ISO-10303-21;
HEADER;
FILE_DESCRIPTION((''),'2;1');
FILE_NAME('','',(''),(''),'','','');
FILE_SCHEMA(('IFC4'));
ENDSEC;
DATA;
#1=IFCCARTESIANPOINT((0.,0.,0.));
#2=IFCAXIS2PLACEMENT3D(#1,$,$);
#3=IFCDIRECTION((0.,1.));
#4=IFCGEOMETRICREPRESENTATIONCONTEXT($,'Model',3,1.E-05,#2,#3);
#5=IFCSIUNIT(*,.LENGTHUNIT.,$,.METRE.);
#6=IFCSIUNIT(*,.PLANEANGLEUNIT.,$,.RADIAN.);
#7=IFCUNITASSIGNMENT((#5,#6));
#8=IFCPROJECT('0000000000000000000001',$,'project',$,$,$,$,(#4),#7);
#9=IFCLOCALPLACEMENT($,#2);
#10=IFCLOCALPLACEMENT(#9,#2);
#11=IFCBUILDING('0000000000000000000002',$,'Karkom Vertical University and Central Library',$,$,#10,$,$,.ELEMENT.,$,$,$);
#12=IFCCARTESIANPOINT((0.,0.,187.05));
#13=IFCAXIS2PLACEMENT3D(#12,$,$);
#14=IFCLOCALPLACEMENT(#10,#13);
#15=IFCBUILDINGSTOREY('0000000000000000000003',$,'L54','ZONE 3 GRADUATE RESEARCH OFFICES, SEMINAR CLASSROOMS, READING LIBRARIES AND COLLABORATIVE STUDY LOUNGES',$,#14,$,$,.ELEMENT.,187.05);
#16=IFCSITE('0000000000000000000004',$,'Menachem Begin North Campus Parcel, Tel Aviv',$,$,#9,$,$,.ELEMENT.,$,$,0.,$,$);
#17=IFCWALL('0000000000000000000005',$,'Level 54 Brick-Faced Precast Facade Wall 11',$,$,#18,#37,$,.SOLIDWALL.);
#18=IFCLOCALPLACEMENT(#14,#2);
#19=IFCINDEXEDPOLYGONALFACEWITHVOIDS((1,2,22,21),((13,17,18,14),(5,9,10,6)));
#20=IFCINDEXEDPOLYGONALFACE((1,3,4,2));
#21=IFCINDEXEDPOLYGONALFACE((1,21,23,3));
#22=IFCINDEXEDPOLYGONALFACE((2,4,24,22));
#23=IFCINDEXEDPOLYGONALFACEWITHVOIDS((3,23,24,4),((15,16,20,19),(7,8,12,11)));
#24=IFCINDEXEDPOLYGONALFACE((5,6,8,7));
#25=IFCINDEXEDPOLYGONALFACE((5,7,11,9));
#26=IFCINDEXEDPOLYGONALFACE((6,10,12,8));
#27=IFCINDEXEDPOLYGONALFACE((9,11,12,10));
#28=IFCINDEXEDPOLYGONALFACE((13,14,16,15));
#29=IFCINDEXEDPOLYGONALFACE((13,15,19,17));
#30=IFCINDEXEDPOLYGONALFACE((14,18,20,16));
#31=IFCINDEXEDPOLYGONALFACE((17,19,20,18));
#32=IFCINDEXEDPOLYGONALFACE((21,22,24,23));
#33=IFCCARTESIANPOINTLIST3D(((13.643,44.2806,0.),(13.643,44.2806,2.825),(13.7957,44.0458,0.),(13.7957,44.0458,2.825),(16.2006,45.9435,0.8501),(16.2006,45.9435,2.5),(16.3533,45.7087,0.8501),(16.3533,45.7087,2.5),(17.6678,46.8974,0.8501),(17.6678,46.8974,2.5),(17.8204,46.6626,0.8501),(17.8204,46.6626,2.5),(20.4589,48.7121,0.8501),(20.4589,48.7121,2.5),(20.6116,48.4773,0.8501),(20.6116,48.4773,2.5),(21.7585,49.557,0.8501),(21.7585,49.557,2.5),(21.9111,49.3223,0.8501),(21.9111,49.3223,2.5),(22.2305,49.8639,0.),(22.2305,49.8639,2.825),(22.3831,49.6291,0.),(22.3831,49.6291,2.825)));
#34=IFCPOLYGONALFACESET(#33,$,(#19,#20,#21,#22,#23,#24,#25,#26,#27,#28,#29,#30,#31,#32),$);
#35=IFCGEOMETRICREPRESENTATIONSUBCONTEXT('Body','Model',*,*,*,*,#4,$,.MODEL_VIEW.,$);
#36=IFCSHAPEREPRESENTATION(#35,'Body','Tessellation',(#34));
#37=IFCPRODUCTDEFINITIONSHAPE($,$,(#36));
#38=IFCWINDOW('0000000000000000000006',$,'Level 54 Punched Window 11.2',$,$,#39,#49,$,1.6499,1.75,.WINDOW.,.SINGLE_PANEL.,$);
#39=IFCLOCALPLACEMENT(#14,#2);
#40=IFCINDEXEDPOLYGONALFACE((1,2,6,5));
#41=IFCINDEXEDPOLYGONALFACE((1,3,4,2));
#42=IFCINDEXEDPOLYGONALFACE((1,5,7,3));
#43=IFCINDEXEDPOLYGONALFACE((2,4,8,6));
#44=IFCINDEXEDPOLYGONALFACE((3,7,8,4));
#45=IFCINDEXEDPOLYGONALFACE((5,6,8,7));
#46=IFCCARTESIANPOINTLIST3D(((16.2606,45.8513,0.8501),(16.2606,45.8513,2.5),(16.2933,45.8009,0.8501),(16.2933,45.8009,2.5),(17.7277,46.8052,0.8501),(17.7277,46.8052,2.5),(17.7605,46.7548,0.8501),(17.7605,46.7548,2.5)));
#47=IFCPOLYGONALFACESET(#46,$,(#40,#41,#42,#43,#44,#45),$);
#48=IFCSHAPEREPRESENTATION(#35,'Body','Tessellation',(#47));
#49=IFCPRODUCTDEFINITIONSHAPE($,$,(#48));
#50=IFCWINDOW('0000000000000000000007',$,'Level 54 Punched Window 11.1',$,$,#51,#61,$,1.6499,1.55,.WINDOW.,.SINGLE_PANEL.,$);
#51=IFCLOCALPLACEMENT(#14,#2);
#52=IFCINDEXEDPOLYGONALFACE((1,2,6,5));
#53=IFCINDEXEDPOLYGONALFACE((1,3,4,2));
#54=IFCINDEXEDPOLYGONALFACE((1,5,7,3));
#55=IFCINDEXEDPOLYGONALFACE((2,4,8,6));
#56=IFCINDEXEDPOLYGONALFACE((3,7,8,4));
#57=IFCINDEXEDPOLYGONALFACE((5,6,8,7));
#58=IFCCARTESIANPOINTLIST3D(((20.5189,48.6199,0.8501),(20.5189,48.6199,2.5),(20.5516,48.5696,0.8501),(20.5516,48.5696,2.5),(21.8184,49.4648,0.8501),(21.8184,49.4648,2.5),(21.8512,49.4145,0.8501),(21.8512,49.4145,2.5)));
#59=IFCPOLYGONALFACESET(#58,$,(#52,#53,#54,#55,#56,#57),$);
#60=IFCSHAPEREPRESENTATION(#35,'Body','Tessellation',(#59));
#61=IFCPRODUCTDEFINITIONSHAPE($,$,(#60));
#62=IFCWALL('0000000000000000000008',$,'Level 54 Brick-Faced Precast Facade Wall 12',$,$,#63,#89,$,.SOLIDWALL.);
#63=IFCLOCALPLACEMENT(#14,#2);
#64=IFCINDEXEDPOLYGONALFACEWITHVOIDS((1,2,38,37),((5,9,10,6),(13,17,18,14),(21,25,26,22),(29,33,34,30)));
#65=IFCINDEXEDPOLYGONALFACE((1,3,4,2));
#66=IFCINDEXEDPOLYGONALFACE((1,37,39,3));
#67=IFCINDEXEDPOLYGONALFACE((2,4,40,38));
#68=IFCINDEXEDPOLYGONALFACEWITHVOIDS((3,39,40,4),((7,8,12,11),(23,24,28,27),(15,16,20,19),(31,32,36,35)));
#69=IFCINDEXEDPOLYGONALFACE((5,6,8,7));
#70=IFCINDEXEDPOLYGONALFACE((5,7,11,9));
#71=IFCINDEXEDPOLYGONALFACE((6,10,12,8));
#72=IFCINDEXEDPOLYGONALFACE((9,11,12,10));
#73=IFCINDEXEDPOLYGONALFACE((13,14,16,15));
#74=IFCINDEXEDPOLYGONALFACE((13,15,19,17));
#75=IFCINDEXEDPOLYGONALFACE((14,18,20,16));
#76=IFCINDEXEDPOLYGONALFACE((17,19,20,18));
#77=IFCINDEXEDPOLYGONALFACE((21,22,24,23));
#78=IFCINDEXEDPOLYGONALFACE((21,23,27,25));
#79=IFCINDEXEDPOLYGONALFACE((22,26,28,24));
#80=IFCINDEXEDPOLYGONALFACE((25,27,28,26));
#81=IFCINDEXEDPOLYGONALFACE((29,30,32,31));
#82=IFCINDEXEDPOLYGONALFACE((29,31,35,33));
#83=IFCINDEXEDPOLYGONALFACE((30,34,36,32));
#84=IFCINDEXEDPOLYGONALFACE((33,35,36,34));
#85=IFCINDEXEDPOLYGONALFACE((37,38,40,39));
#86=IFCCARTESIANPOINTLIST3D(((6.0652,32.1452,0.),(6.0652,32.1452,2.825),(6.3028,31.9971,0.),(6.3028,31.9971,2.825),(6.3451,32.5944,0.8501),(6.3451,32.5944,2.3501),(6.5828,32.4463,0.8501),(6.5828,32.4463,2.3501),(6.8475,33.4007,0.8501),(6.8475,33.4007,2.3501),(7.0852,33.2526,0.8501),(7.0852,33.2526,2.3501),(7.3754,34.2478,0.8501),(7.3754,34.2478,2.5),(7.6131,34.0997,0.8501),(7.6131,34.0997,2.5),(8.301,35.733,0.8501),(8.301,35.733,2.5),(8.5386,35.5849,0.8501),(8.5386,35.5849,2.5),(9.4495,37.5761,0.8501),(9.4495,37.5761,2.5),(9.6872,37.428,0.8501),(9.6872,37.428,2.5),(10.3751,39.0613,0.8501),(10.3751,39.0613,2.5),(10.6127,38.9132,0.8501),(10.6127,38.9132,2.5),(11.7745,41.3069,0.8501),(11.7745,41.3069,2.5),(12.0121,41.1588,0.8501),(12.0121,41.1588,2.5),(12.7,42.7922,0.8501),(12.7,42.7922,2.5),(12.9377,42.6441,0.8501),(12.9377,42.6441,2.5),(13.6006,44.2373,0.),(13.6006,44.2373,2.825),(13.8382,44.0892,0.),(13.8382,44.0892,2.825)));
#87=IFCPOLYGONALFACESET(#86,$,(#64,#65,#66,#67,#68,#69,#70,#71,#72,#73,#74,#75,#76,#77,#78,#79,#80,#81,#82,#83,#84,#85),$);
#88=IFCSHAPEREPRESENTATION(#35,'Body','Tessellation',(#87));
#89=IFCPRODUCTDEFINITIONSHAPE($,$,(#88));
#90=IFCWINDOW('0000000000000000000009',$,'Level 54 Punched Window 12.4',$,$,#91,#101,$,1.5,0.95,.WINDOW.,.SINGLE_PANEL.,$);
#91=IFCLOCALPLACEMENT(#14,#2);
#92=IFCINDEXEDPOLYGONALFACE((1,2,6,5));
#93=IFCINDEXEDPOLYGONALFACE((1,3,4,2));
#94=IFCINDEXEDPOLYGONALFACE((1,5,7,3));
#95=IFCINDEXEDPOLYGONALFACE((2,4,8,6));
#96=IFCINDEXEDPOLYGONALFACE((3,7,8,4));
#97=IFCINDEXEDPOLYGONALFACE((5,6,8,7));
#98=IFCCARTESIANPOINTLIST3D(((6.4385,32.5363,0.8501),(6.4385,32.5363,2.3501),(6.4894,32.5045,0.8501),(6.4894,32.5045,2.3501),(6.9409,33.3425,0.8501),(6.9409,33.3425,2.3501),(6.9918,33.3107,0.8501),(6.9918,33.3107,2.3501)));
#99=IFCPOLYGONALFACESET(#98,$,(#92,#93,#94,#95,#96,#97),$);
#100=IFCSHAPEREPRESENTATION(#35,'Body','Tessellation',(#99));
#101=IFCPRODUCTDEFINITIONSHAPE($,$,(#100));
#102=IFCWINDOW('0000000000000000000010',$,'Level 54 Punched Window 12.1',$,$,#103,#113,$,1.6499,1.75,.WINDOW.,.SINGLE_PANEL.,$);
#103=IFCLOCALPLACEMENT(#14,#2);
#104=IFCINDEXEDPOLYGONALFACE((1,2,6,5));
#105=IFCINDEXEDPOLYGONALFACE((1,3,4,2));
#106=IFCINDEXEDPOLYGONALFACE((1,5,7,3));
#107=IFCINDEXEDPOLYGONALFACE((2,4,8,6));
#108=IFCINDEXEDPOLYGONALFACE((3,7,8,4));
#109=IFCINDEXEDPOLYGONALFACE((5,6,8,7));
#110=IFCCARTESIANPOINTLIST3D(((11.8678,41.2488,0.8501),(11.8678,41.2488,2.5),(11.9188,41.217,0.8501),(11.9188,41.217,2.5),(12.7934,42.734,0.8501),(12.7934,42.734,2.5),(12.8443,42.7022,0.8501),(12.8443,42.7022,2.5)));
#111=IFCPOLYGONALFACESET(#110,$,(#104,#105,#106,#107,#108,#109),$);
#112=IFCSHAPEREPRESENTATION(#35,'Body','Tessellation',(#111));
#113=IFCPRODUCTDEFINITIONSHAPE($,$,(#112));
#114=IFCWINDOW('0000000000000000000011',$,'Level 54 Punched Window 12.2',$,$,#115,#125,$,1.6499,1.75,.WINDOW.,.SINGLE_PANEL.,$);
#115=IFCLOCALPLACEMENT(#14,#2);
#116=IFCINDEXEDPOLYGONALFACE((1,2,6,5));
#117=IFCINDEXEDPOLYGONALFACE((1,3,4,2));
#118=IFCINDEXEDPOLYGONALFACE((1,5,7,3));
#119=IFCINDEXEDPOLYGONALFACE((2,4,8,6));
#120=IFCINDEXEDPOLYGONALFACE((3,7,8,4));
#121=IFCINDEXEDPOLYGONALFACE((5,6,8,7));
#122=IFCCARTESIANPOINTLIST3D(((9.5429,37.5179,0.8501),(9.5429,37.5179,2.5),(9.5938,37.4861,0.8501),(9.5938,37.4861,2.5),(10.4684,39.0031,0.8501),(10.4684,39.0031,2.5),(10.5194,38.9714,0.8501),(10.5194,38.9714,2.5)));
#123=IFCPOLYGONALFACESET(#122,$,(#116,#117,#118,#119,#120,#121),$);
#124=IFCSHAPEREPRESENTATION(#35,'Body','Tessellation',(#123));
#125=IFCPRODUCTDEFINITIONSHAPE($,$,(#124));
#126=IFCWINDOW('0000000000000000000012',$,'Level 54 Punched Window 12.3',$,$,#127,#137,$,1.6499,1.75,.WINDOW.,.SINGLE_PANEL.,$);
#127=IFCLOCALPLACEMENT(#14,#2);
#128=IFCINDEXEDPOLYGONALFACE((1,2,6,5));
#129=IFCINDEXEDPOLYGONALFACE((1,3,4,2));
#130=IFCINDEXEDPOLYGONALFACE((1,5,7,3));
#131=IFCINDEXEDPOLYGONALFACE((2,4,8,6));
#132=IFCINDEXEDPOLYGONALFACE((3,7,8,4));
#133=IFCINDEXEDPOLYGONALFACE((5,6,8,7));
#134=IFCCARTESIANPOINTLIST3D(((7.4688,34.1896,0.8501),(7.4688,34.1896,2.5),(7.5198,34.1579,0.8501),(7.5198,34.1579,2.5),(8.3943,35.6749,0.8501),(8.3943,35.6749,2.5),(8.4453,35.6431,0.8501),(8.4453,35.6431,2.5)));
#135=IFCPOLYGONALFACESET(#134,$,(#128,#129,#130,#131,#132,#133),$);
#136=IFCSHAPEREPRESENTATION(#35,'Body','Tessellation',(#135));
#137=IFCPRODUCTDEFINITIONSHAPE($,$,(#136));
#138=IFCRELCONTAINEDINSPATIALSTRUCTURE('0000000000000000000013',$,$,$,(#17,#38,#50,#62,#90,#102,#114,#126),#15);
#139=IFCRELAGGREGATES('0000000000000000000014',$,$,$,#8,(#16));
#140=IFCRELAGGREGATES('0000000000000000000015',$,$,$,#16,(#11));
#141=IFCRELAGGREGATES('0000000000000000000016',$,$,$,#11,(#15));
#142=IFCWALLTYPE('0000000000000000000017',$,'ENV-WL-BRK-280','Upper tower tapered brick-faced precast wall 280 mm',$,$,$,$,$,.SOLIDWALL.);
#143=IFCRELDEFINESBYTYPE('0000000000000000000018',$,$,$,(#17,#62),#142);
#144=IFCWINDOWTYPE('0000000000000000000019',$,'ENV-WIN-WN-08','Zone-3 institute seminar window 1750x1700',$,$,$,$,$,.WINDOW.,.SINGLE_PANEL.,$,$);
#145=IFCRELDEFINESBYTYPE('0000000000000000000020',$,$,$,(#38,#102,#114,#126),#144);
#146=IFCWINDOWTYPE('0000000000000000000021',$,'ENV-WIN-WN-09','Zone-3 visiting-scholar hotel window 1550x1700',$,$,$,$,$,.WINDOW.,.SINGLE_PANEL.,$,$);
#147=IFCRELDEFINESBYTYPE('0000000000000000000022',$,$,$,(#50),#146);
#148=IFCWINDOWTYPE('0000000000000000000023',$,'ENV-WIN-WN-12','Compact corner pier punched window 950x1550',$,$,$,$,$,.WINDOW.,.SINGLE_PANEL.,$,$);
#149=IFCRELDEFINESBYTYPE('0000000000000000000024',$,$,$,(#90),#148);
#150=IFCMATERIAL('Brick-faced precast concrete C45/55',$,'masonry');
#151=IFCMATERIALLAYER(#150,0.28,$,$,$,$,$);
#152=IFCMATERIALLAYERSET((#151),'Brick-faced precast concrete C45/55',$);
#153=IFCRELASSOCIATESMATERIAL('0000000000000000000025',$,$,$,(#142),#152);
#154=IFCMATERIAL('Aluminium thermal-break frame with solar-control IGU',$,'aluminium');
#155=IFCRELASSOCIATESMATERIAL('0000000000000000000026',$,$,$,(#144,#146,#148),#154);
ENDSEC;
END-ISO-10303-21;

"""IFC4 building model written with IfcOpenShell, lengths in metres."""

from ifc_helpers import new_model, si_unit, direction, frame, frame_2d, origin, origin_with_axes, place, context, subcontext, project, spatial, rectangle, extrude, source, transform, mapped, material, layer, layer_set, type_object, element, fill, save


model = new_model("IFC4")

# Units and contexts
model_context = context("Model", 3, precision=1e-05, world=origin(), true_north=direction((0.0, 1.0)))
body_context = subcontext(model_context, "Body", "Model", "MODEL_VIEW")
ifc_project = project(units=[si_unit("LENGTHUNIT", "METRE"), si_unit("PLANEANGLEUNIT", "RADIAN")], contexts=[model_context])

# Site, building, storey
site_placement = place(None, origin())
site = spatial("IfcSite", under=ifc_project, at=site_placement, Name="Menachem Begin North Campus Parcel, Tel Aviv", CompositionType="ELEMENT", RefElevation=0.0)
building_placement = place(site_placement, origin())
building = spatial("IfcBuilding", under=site, at=building_placement, Name="Karkom Vertical University and Central Library", CompositionType="ELEMENT")
storey_placement = place(building_placement, frame((0.0, 0.0, 187.05)))
storey = spatial("IfcBuildingStorey", under=building, at=storey_placement, Name="L54", Description="ZONE 3 GRADUATE RESEARCH OFFICES, SEMINAR CLASSROOMS, READING LIBRARIES AND COLLABORATIVE STUDY LOUNGES", CompositionType="ELEMENT", Elevation=187.05)

# Walls, openings, windows
ifc_material_1 = material(Name="Brick-faced precast concrete C45/55", Category="masonry")
ifc_layer_1 = layer(ifc_material_1, 0.28)
ifc_layer_set_1 = layer_set([ifc_layer_1], Name="Brick-faced precast concrete C45/55")
wall_type_1 = type_object("IfcWallType", Name="ENV-WL-BRK-280", Description="Upper tower tapered brick-faced precast wall 280 mm", PredefinedType="SOLIDWALL", material=ifc_layer_set_1)
wall_1_placement = place(storey_placement, frame((22.3069, 49.7466, 0.0), z_axis=(0.0, 0.0, 1.0), x_axis=(-0.838379, -0.545087, 0.0)))
wall_1 = element("IfcWall", 1, at=wall_1_placement, inside=storey, type_object=wall_type_1, Name="Level 54 Brick-Faced Precast Facade Wall 11", PredefinedType="SOLIDWALL", context=body_context, shape_type="SweptSolid", body=[
    extrude(rectangle(XDim=10.2429, YDim=0.28, at=frame_2d((5.1216, 0.0))), origin(), (0.0, 0.0, 1.0), 2.825),
])
opening_1_placement = place(wall_1_placement, frame((0.5632, 0.0, 0.8501)))
opening_1 = element("IfcOpeningElement", 2, at=opening_1_placement, cuts=wall_1, PredefinedType="OPENING", context=body_context, shape_type="SweptSolid", body=[
    extrude(rectangle(XDim=1.55, YDim=1.6499, at=frame_2d((0.7749, 0.825))), frame((0.0, 0.1499, 0.0), z_axis=(0.0, -1.0, 0.0), x_axis=(1.0, 0.0, 0.0)), (0.0, 0.0, 1.0), 0.3),
])
opening_2_placement = place(wall_1_placement, frame((5.4424, 0.0, 0.8501)))
opening_2 = element("IfcOpeningElement", 3, at=opening_2_placement, cuts=wall_1, PredefinedType="OPENING", context=body_context, shape_type="SweptSolid", body=[
    extrude(rectangle(XDim=1.75, YDim=1.6499, at=frame_2d((0.875, 0.825))), frame((0.0, 0.1499, 0.0), z_axis=(0.0, -1.0, 0.0), x_axis=(1.0, 0.0, 0.0)), (0.0, 0.0, 1.0), 0.3),
])
ifc_material_2 = material(Name="Aluminium thermal-break frame with solar-control IGU", Category="aluminium")
window_type_1 = type_object("IfcWindowType", Name="ENV-WIN-WN-08", Description="Zone-3 institute seminar window 1750x1700", PartitioningType="SINGLE_PANEL", PredefinedType="WINDOW", material=ifc_material_2)
shared_shape_1 = source(origin_with_axes(), body_context, "Body", "SweptSolid", [
    extrude(rectangle(XDim=1.75, YDim=1.6499, at=frame_2d((0.875, 0.825))), frame((0.0, 0.03, 0.0), z_axis=(0.0, -1.0, 0.0), x_axis=(1.0, 0.0, 0.0)), (0.0, 0.0, 1.0), 0.0601),
])
window_1_placement = place(opening_2_placement, origin())
window_1 = element("IfcWindow", 4, at=window_1_placement, inside=storey, type_object=window_type_1, Name="Level 54 Punched Window 11.2", OverallHeight=1.6499, OverallWidth=1.75, PartitioningType="SINGLE_PANEL", PredefinedType="WINDOW", context=body_context, shape_type="MappedRepresentation", body=[
    mapped(shared_shape_1, transform((0.0, 0.0, 0.0), scale=1.0)),
])
fill(opening_2, window_1)
window_type_2 = type_object("IfcWindowType", Name="ENV-WIN-WN-09", Description="Zone-3 visiting-scholar hotel window 1550x1700", PartitioningType="SINGLE_PANEL", PredefinedType="WINDOW", material=ifc_material_2)
shared_shape_2 = source(origin_with_axes(), body_context, "Body", "SweptSolid", [
    extrude(rectangle(XDim=1.55, YDim=1.6499, at=frame_2d((0.7749, 0.825))), frame((0.0, 0.03, 0.0), z_axis=(0.0, -1.0, 0.0), x_axis=(1.0, 0.0, 0.0)), (0.0, 0.0, 1.0), 0.0601),
])
window_2_placement = place(opening_1_placement, origin())
window_2 = element("IfcWindow", 5, at=window_2_placement, inside=storey, type_object=window_type_2, Name="Level 54 Punched Window 11.1", OverallHeight=1.6499, OverallWidth=1.55, PartitioningType="SINGLE_PANEL", PredefinedType="WINDOW", context=body_context, shape_type="MappedRepresentation", body=[
    mapped(shared_shape_2, transform((0.0, 0.0, 0.0), scale=1.0)),
])
fill(opening_1, window_2)
wall_2_placement = place(storey_placement, frame((13.7195, 44.1633, 0.0), z_axis=(0.0, 0.0, 1.0), x_axis=(-0.528882, -0.848695, 0.0)))
wall_2 = element("IfcWall", 6, at=wall_2_placement, inside=storey, type_object=wall_type_1, Name="Level 54 Brick-Faced Precast Facade Wall 12", PredefinedType="SOLIDWALL", context=body_context, shape_type="SweptSolid", body=[
    extrude(rectangle(XDim=14.2478, YDim=0.28, at=frame_2d((7.124, 0.0))), origin(), (0.0, 0.0, 1.0), 2.825),
])
opening_3_placement = place(wall_2_placement, frame((1.7029, 0.0, 0.8501)))
opening_3 = element("IfcOpeningElement", 7, at=opening_3_placement, cuts=wall_2, PredefinedType="OPENING", context=body_context, shape_type="SweptSolid", body=[
    extrude(rectangle(XDim=1.75, YDim=1.6499, at=frame_2d((0.875, 0.825))), frame((0.0, 0.1499, 0.0), z_axis=(0.0, -1.0, 0.0), x_axis=(1.0, 0.0, 0.0)), (0.0, 0.0, 1.0), 0.3),
])
opening_4_placement = place(wall_2_placement, frame((6.0989, 0.0, 0.8501)))
opening_4 = element("IfcOpeningElement", 8, at=opening_4_placement, cuts=wall_2, PredefinedType="OPENING", context=body_context, shape_type="SweptSolid", body=[
    extrude(rectangle(XDim=1.75, YDim=1.6499, at=frame_2d((0.875, 0.825))), frame((0.0, 0.1499, 0.0), z_axis=(0.0, -1.0, 0.0), x_axis=(1.0, 0.0, 0.0)), (0.0, 0.0, 1.0), 0.3),
])
opening_5_placement = place(wall_2_placement, frame((10.0205, 0.0, 0.8501)))
opening_5 = element("IfcOpeningElement", 9, at=opening_5_placement, cuts=wall_2, PredefinedType="OPENING", context=body_context, shape_type="SweptSolid", body=[
    extrude(rectangle(XDim=1.75, YDim=1.6499, at=frame_2d((0.875, 0.825))), frame((0.0, 0.1499, 0.0), z_axis=(0.0, -1.0, 0.0), x_axis=(1.0, 0.0, 0.0)), (0.0, 0.0, 1.0), 0.3),
])
opening_6_placement = place(wall_2_placement, frame((12.7686, 0.0, 0.8501)))
opening_6 = element("IfcOpeningElement", 10, at=opening_6_placement, cuts=wall_2, PredefinedType="OPENING", context=body_context, shape_type="SweptSolid", body=[
    extrude(rectangle(XDim=0.95, YDim=1.5, at=frame_2d((0.4751, 0.75))), frame((0.0, 0.1499, 0.0), z_axis=(0.0, -1.0, 0.0), x_axis=(1.0, 0.0, 0.0)), (0.0, 0.0, 1.0), 0.3),
])
window_type_3 = type_object("IfcWindowType", Name="ENV-WIN-WN-12", Description="Compact corner pier punched window 950x1550", PartitioningType="SINGLE_PANEL", PredefinedType="WINDOW", material=ifc_material_2)
shared_shape_3 = source(origin_with_axes(), body_context, "Body", "SweptSolid", [
    extrude(rectangle(XDim=0.95, YDim=1.5, at=frame_2d((0.4751, 0.75))), frame((0.0, 0.03, 0.0), z_axis=(0.0, -1.0, 0.0), x_axis=(1.0, 0.0, 0.0)), (0.0, 0.0, 1.0), 0.0601),
])
window_3_placement = place(opening_6_placement, origin())
window_3 = element("IfcWindow", 11, at=window_3_placement, inside=storey, type_object=window_type_3, Name="Level 54 Punched Window 12.4", OverallHeight=1.5, OverallWidth=0.95, PartitioningType="SINGLE_PANEL", PredefinedType="WINDOW", context=body_context, shape_type="MappedRepresentation", body=[
    mapped(shared_shape_3, transform((0.0, 0.0, 0.0), scale=1.0)),
])
fill(opening_6, window_3)
window_4_placement = place(opening_3_placement, origin())
window_4 = element("IfcWindow", 12, at=window_4_placement, inside=storey, type_object=window_type_1, Name="Level 54 Punched Window 12.1", OverallHeight=1.6499, OverallWidth=1.75, PartitioningType="SINGLE_PANEL", PredefinedType="WINDOW", context=body_context, shape_type="MappedRepresentation", body=[
    mapped(shared_shape_1, transform((0.0, 0.0, 0.0), scale=1.0)),
])
fill(opening_3, window_4)
window_5_placement = place(opening_4_placement, origin())
window_5 = element("IfcWindow", 13, at=window_5_placement, inside=storey, type_object=window_type_1, Name="Level 54 Punched Window 12.2", OverallHeight=1.6499, OverallWidth=1.75, PartitioningType="SINGLE_PANEL", PredefinedType="WINDOW", context=body_context, shape_type="MappedRepresentation", body=[
    mapped(shared_shape_1, transform((0.0, 0.0, 0.0), scale=1.0)),
])
fill(opening_4, window_5)
window_6_placement = place(opening_5_placement, origin())
window_6 = element("IfcWindow", 14, at=window_6_placement, inside=storey, type_object=window_type_1, Name="Level 54 Punched Window 12.3", OverallHeight=1.6499, OverallWidth=1.75, PartitioningType="SINGLE_PANEL", PredefinedType="WINDOW", context=body_context, shape_type="MappedRepresentation", body=[
    mapped(shared_shape_1, transform((0.0, 0.0, 0.0), scale=1.0)),
])
fill(opening_5, window_6)

save(model, "model.ifc")
